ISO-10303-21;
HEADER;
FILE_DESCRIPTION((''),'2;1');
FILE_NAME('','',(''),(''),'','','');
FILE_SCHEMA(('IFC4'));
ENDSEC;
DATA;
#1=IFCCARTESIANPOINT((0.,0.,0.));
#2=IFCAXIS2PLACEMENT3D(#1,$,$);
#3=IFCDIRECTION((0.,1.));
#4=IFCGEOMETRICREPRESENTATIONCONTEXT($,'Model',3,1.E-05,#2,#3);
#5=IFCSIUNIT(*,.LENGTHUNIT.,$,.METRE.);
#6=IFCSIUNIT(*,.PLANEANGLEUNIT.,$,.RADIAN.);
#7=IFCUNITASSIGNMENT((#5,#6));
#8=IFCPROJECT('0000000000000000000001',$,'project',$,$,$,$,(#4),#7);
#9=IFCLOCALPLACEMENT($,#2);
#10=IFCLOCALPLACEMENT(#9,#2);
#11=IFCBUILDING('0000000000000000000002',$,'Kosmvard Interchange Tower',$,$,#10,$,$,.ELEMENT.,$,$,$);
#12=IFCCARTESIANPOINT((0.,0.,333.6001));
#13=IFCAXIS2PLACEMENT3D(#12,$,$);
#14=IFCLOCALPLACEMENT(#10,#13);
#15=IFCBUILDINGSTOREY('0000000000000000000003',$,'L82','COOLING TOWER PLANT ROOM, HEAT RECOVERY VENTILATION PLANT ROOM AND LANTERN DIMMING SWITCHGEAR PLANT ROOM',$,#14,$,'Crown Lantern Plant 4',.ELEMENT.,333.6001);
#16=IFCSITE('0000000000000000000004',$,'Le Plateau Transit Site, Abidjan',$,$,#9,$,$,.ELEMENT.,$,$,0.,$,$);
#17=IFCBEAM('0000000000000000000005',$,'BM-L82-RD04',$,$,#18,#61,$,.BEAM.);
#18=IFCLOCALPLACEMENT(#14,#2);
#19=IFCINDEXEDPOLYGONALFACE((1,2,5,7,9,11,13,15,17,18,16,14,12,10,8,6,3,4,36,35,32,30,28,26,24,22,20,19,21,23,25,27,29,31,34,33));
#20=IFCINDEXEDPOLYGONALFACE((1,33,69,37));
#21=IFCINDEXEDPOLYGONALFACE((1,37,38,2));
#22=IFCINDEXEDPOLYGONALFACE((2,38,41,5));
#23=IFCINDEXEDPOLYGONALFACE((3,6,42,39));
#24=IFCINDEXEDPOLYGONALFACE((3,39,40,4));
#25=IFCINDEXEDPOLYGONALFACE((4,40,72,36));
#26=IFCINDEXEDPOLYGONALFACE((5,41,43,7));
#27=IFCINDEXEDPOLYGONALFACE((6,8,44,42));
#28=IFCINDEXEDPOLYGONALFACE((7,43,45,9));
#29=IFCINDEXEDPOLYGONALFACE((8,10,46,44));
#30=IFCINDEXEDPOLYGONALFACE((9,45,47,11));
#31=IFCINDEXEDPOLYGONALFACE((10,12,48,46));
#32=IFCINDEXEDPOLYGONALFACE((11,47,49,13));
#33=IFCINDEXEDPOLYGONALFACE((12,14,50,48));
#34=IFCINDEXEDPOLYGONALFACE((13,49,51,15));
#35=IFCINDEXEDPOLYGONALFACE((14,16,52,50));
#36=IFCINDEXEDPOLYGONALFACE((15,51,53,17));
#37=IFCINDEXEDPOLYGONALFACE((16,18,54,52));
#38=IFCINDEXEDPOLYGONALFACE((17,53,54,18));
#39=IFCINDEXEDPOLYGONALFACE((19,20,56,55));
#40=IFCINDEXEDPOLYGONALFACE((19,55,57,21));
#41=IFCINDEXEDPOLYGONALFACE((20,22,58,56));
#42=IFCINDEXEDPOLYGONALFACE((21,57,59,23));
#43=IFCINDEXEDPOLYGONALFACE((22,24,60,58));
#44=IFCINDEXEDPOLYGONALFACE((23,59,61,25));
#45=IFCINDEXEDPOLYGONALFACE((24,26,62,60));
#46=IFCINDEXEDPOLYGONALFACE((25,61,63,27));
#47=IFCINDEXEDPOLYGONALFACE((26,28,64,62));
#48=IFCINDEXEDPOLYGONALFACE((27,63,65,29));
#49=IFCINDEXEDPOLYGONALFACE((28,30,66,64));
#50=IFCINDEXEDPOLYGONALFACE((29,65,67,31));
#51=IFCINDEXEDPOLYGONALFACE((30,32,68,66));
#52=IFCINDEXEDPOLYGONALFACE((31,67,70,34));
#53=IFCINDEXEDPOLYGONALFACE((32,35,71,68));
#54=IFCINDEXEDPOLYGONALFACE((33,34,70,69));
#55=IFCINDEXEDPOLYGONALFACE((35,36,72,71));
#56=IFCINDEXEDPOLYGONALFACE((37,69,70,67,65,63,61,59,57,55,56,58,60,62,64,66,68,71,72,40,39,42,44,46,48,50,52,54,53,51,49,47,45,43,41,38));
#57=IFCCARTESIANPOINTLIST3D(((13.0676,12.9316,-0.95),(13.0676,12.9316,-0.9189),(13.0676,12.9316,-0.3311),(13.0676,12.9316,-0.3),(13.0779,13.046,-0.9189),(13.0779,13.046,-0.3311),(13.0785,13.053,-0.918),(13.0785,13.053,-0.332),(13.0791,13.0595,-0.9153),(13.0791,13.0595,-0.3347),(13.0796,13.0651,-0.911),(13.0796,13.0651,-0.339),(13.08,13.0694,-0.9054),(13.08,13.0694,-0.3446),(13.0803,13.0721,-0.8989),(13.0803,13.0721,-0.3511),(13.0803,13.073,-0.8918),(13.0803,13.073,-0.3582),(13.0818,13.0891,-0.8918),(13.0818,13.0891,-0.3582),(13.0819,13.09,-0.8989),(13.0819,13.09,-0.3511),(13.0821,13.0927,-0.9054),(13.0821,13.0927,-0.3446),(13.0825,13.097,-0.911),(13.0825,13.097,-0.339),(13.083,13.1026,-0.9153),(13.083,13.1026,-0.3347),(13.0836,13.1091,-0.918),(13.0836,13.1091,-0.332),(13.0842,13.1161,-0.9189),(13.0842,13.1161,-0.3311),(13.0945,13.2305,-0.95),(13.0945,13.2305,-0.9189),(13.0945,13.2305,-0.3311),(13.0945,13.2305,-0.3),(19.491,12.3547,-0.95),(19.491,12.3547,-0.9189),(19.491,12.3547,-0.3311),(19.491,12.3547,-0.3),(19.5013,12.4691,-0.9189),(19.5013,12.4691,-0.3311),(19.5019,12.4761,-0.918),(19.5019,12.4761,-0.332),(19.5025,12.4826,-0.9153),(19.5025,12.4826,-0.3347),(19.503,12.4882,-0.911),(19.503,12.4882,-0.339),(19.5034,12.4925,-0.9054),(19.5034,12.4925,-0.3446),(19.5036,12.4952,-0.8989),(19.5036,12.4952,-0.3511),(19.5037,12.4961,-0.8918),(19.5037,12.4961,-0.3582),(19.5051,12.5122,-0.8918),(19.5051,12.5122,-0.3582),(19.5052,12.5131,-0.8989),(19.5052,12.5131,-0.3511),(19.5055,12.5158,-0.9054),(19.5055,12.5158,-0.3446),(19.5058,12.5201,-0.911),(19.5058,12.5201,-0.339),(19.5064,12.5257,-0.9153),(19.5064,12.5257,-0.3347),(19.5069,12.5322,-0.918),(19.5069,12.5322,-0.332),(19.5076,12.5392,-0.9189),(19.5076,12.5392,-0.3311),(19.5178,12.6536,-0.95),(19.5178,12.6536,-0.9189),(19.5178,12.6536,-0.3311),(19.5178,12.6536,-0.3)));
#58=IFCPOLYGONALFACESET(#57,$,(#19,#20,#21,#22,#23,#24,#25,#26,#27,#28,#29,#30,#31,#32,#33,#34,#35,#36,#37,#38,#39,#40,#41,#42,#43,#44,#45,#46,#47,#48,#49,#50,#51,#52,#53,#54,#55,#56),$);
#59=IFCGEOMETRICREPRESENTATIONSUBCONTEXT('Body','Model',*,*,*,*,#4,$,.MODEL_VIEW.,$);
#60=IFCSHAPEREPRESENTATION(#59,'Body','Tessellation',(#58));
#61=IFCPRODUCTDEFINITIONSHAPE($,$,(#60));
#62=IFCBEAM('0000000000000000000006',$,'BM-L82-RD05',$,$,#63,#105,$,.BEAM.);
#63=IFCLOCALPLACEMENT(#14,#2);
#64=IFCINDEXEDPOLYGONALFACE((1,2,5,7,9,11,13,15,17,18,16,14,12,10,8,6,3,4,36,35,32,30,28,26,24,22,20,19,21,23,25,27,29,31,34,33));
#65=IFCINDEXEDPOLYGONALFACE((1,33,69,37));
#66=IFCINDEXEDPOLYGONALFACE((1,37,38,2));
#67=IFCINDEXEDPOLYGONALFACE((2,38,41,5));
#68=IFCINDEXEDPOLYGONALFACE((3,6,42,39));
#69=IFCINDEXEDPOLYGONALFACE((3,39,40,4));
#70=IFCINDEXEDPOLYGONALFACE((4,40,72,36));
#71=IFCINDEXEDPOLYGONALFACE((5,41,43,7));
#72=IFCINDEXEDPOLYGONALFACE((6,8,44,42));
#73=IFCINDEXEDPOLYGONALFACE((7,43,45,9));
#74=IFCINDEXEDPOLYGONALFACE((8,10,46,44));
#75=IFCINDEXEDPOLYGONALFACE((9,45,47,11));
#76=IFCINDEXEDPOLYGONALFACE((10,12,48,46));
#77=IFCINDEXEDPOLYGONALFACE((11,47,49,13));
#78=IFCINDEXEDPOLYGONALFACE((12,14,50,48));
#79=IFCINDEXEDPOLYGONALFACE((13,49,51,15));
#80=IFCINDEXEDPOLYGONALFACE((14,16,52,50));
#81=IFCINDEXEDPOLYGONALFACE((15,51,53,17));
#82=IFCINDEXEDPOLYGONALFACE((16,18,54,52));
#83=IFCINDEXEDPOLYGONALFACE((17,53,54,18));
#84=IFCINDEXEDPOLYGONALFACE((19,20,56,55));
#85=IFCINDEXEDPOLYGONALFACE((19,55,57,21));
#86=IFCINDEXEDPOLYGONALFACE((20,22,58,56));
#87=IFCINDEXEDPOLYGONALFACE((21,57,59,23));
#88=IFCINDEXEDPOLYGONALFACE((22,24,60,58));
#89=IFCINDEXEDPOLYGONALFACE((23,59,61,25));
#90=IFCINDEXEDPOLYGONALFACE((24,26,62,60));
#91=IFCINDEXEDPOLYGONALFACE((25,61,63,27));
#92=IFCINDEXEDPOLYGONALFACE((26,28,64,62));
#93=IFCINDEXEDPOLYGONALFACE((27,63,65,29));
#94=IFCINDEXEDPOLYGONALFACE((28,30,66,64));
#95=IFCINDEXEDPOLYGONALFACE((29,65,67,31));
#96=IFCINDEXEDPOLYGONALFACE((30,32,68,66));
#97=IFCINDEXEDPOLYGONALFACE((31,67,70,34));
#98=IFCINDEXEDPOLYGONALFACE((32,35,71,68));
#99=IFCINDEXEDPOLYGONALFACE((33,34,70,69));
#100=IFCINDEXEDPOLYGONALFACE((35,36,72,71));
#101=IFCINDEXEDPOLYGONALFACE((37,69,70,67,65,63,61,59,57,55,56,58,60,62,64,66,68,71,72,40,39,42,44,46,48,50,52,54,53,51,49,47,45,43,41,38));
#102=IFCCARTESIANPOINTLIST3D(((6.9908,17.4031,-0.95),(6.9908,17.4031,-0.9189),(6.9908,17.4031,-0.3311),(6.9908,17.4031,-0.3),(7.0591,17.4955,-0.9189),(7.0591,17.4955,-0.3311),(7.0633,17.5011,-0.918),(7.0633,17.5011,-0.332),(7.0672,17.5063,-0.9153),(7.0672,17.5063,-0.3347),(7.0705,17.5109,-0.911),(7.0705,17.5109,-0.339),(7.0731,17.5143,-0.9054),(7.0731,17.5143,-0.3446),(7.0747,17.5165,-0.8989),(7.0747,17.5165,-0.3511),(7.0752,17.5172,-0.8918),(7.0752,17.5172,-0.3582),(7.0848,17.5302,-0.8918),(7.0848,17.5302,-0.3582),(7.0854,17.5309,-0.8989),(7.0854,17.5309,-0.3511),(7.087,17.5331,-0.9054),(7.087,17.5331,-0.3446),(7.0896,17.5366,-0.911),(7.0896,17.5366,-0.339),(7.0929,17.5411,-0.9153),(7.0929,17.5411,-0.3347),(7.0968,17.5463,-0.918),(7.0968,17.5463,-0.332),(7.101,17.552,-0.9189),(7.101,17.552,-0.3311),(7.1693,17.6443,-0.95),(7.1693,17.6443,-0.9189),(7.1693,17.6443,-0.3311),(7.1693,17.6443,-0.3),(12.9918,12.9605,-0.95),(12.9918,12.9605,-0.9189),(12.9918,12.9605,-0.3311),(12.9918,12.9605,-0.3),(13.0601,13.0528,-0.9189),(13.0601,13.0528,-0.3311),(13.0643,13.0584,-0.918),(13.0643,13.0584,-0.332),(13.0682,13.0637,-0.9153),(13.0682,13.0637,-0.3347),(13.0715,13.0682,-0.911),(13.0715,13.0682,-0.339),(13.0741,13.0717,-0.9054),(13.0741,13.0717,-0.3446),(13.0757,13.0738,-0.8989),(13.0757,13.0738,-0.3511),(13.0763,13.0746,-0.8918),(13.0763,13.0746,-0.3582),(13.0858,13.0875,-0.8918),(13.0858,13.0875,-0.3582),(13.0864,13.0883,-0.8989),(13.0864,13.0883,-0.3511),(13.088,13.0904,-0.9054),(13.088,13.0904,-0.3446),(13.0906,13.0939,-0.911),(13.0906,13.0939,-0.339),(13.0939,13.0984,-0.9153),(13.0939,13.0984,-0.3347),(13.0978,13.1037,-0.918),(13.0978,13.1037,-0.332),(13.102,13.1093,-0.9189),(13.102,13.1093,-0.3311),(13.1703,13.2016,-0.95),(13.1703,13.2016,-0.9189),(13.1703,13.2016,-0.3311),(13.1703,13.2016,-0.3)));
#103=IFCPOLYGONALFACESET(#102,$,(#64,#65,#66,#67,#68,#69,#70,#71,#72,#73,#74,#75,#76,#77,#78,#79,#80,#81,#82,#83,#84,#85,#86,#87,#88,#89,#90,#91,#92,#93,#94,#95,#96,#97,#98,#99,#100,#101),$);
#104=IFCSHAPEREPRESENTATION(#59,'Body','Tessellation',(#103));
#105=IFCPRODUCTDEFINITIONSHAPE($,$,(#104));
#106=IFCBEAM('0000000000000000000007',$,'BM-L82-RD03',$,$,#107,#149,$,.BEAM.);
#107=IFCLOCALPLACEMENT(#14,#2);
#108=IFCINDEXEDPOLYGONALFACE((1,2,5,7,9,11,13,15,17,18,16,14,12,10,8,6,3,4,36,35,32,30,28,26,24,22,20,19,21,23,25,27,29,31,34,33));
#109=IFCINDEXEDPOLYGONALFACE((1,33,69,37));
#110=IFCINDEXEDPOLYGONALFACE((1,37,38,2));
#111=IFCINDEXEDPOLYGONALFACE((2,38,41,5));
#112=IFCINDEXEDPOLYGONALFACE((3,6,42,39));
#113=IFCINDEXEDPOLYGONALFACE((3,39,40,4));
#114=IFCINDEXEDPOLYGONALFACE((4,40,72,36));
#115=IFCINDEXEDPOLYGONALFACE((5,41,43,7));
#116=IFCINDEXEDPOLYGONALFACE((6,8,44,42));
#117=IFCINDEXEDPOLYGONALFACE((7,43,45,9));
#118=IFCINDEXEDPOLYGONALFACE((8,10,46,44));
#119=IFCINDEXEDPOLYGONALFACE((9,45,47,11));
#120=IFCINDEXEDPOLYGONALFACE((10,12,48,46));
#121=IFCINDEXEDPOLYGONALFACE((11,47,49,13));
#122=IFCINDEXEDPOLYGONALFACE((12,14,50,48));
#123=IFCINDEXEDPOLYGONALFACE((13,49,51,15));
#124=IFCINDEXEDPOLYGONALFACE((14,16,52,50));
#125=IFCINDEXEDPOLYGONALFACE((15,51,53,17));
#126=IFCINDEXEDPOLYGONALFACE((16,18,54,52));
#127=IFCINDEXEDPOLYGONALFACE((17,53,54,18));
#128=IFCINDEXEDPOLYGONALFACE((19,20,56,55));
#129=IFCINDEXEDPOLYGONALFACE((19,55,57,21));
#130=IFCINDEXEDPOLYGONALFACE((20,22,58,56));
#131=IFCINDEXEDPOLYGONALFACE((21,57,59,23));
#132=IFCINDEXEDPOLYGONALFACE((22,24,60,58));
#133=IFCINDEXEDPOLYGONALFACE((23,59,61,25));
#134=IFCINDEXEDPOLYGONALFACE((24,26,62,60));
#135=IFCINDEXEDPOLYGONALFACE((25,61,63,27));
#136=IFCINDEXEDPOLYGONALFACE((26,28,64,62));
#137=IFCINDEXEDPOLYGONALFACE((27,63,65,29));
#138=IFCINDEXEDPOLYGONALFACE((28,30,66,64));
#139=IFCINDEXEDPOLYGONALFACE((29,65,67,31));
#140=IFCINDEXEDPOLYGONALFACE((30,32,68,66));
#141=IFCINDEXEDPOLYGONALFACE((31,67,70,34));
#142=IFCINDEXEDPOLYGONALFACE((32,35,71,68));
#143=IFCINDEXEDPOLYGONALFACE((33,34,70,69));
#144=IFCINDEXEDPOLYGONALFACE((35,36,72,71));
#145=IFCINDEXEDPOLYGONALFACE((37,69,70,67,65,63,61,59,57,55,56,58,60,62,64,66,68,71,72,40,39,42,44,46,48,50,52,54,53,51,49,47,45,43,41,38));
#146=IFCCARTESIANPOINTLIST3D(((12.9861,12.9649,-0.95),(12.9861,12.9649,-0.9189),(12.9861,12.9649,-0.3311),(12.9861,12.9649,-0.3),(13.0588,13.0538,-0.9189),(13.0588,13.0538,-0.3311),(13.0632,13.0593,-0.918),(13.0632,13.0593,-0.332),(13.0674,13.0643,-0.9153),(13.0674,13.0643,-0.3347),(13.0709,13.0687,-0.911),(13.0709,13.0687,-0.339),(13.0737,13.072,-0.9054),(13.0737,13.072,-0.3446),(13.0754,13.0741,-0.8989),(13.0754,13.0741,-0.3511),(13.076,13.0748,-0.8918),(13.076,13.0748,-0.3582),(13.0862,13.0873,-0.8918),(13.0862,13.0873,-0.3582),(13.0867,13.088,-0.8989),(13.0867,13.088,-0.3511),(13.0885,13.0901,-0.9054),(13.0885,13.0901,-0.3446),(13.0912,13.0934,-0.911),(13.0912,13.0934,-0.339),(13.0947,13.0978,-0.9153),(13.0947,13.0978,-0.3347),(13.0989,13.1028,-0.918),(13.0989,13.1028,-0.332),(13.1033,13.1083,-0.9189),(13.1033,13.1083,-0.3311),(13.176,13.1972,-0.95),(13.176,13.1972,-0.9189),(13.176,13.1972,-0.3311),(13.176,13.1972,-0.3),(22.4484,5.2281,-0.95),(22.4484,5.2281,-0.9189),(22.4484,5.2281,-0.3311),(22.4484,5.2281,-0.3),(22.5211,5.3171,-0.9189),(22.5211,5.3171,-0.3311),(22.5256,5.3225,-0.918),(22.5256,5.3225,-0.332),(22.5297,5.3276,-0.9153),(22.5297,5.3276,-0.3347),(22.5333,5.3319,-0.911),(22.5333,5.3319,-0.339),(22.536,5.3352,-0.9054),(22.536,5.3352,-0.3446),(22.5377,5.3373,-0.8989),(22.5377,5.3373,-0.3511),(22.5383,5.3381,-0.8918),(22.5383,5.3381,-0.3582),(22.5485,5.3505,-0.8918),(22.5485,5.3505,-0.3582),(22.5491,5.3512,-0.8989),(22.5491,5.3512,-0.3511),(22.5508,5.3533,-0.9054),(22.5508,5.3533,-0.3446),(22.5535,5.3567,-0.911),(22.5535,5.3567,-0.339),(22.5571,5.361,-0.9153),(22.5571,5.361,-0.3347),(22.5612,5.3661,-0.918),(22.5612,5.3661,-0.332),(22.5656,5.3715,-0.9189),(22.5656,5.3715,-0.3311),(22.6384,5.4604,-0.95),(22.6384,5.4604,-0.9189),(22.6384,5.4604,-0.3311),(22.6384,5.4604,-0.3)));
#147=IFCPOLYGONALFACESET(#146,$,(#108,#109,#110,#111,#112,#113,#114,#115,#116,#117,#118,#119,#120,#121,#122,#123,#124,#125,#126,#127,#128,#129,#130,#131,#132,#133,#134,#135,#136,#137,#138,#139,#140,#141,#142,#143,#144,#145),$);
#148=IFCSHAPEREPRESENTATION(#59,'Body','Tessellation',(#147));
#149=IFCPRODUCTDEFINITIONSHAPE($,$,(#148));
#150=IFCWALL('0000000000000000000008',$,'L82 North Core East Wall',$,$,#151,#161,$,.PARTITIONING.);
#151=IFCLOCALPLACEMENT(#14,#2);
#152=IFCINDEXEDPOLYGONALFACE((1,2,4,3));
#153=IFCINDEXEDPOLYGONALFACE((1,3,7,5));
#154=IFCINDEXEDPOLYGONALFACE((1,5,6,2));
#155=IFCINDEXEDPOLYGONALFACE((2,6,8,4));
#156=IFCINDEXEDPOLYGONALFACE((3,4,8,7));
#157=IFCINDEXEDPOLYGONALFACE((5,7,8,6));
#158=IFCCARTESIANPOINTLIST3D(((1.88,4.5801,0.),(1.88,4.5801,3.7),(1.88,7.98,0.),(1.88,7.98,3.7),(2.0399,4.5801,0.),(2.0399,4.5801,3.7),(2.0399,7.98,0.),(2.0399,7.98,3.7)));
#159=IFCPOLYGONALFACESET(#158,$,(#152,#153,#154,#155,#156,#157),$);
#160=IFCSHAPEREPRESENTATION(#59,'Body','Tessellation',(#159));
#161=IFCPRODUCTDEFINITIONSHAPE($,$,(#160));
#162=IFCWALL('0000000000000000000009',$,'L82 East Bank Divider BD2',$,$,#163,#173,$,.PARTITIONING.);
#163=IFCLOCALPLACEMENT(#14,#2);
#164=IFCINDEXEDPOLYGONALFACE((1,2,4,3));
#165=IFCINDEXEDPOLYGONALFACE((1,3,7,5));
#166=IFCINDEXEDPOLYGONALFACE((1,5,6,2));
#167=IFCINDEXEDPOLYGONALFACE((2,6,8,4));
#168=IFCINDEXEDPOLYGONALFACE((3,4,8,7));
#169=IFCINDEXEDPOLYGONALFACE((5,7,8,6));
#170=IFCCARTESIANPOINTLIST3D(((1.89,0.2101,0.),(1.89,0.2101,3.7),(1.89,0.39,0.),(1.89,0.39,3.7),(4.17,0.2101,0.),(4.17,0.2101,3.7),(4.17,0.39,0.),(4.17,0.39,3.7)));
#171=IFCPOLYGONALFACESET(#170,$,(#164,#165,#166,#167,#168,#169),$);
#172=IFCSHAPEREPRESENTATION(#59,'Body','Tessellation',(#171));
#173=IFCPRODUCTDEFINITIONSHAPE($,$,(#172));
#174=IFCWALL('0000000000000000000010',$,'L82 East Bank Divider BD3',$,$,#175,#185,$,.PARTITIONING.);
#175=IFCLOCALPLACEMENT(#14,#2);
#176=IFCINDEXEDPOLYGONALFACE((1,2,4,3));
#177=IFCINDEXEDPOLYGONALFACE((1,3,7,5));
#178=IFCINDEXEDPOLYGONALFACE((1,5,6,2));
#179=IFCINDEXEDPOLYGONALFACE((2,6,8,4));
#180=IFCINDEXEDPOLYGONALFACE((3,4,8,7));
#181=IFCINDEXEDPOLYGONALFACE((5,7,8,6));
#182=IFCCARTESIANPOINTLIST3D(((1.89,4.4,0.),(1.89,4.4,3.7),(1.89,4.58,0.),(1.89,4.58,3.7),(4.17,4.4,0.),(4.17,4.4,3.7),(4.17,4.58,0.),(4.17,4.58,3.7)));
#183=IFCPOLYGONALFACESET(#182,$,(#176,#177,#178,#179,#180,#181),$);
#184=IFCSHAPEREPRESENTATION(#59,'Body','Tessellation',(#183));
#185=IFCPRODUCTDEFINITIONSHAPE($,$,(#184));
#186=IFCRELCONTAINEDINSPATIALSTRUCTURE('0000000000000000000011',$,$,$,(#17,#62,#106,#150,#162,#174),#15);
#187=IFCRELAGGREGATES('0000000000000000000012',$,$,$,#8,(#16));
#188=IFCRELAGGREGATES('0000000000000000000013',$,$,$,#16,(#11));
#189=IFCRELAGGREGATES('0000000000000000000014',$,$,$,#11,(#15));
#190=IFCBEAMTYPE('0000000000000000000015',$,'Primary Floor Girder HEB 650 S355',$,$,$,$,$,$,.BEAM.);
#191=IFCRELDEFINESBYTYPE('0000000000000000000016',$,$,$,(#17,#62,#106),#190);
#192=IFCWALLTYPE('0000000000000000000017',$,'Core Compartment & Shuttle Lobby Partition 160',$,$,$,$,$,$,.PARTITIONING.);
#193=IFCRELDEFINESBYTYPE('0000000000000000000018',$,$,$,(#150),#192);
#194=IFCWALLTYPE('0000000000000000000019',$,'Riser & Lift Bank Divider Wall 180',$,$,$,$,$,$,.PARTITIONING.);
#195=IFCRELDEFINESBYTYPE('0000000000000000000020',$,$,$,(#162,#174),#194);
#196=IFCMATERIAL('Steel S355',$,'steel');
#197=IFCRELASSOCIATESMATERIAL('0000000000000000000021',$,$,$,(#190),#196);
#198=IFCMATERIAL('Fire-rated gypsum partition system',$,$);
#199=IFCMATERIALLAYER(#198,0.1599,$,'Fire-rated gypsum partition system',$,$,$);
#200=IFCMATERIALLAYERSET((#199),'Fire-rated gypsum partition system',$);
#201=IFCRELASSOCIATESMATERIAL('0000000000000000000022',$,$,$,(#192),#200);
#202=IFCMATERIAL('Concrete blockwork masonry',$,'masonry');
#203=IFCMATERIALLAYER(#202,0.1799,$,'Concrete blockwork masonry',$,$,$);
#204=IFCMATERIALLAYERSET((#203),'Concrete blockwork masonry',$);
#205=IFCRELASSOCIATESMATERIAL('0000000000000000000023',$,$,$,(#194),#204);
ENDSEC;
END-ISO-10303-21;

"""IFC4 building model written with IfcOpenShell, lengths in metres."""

from ifc_helpers import new_model, si_unit, direction, frame, frame_2d, origin, origin_2d, place, context, subcontext, project, spatial, rectangle, i_section, extrude, source, transform, mapped, material, layer, layer_set, material_profile, profile_set, type_object, element, save


model = new_model("IFC4")

# Units and contexts
model_context = context("Model", 3, precision=1e-05, world=origin(), true_north=direction((0.0, 1.0)))
body_context = subcontext(model_context, "Body", "Model", "MODEL_VIEW")
ifc_project = project(units=[si_unit("LENGTHUNIT", "METRE"), si_unit("PLANEANGLEUNIT", "RADIAN")], contexts=[model_context])

# Site, building, storey
site_placement = place(None, origin())
site = spatial("IfcSite", under=ifc_project, at=site_placement, Name="Le Plateau Transit Site, Abidjan", CompositionType="ELEMENT", RefElevation=0.0)
building_placement = place(site_placement, origin())
building = spatial("IfcBuilding", under=site, at=building_placement, Name="Kosmvard Interchange Tower", CompositionType="ELEMENT")
storey_placement = place(building_placement, frame((0.0, 0.0, 333.6001)))
storey = spatial("IfcBuildingStorey", under=building, at=storey_placement, Name="L82", Description="COOLING TOWER PLANT ROOM, HEAT RECOVERY VENTILATION PLANT ROOM AND LANTERN DIMMING SWITCHGEAR PLANT ROOM", LongName="Crown Lantern Plant 4", CompositionType="ELEMENT", Elevation=333.6001)

# Beams
ifc_material_1 = material(Name="Steel S355", Category="steel")
ifc_material_profile_1 = material_profile(ifc_material_1, i_section(OverallWidth=0.3, OverallDepth=0.6499, WebThickness=0.0161, FlangeThickness=0.031, FilletRadius=0.0271, at=origin_2d()), Name="HEB 650")
ifc_profile_set_1 = profile_set([ifc_material_profile_1], Name="Steel S355")
beam_type_1 = type_object("IfcBeamType", Name="Primary Floor Girder HEB 650 S355", PredefinedType="BEAM", material=ifc_profile_set_1)
shared_shape_1 = source(origin(), body_context, "Body", "SweptSolid", [
    extrude(i_section(OverallWidth=0.3, OverallDepth=0.6499, WebThickness=0.0161, FlangeThickness=0.031, FilletRadius=0.0271, at=origin_2d()), origin(), (0.0, 0.0, 1.0), 6.4492),
])
beam_1_placement = place(storey_placement, frame((13.0811, 13.0811, -0.625), z_axis=(0.995991, -0.089454, 0.0), x_axis=(0.089454, 0.995991, 0.0)))
element("IfcBeam", 1, at=beam_1_placement, inside=storey, type_object=beam_type_1, Name="BM-L82-RD04", PredefinedType="BEAM", context=body_context, shape_type="MappedRepresentation", body=[
    mapped(shared_shape_1, transform((0.0, 0.0, 0.0), scale=1.0)),
])
shared_shape_2 = source(origin(), body_context, "Body", "SweptSolid", [
    extrude(i_section(OverallWidth=0.3, OverallDepth=0.6499, WebThickness=0.0161, FlangeThickness=0.031, FilletRadius=0.0271, at=origin_2d()), origin(), (0.0, 0.0, 1.0), 7.4666),
])
beam_2_placement = place(storey_placement, frame((13.0811, 13.0811, -0.625), z_axis=(-0.80372, 0.595008, 0.0), x_axis=(-0.595008, -0.80372, 0.0)))
element("IfcBeam", 2, at=beam_2_placement, inside=storey, type_object=beam_type_1, Name="BM-L82-RD05", PredefinedType="BEAM", context=body_context, shape_type="MappedRepresentation", body=[
    mapped(shared_shape_2, transform((0.0, 0.0, 0.0), scale=1.0)),
])
shared_shape_3 = source(origin(), body_context, "Body", "SweptSolid", [
    extrude(i_section(OverallWidth=0.3, OverallDepth=0.6499, WebThickness=0.0161, FlangeThickness=0.031, FilletRadius=0.0271, at=origin_2d()), origin(), (0.0, 0.0, 1.0), 12.2227),
])
beam_3_placement = place(storey_placement, frame((13.0811, 13.0811, -0.625), z_axis=(0.774164, -0.632985, 0.0), x_axis=(0.632985, 0.774164, 0.0)))
element("IfcBeam", 3, at=beam_3_placement, inside=storey, type_object=beam_type_1, Name="BM-L82-RD03", PredefinedType="BEAM", context=body_context, shape_type="MappedRepresentation", body=[
    mapped(shared_shape_3, transform((0.0, 0.0, 0.0), scale=1.0)),
])

# Walls
ifc_material_2 = material(Name="Fire-rated gypsum partition system")
ifc_layer_1 = layer(ifc_material_2, 0.1599, Name="Fire-rated gypsum partition system")
ifc_layer_set_1 = layer_set([ifc_layer_1], Name="Fire-rated gypsum partition system")
wall_type_1 = type_object("IfcWallType", Name="Core Compartment & Shuttle Lobby Partition 160", PredefinedType="PARTITIONING", material=ifc_layer_set_1)
wall_1_placement = place(storey_placement, frame((1.96, 4.5801, 0.0), z_axis=(0.0, 0.0, 1.0), x_axis=(0.0, 1.0, 0.0)))
element("IfcWall", 4, at=wall_1_placement, inside=storey, type_object=wall_type_1, Name="L82 North Core East Wall", PredefinedType="PARTITIONING", context=body_context, shape_type="SweptSolid", body=[
    extrude(rectangle(XDim=3.3999, YDim=0.1599, at=frame_2d((1.7, 0.0))), origin(), (0.0, 0.0, 1.0), 3.7),
])
ifc_material_3 = material(Name="Concrete blockwork masonry", Category="masonry")
ifc_layer_2 = layer(ifc_material_3, 0.1799, Name="Concrete blockwork masonry")
ifc_layer_set_2 = layer_set([ifc_layer_2], Name="Concrete blockwork masonry")
wall_type_2 = type_object("IfcWallType", Name="Riser & Lift Bank Divider Wall 180", PredefinedType="PARTITIONING", material=ifc_layer_set_2)
for number, where, z_axis, x_axis, name in (
    (5, (1.8899, 0.3, 0.0), (0.0, 0.0, 1.0), (1.0, 0.0, 0.0), "L82 East Bank Divider BD2"),
    (6, (1.8899, 4.49, 0.0), (0.0, 0.0, 1.0), (1.0, 0.0, 0.0), "L82 East Bank Divider BD3"),
):
    element("IfcWall", number, at=place(storey_placement, frame(where, z_axis=z_axis, x_axis=x_axis)), inside=storey, type_object=wall_type_2, Name=name, PredefinedType="PARTITIONING", context=body_context, shape_type="SweptSolid", body=[
        extrude(rectangle(XDim=2.28, YDim=0.1799, at=frame_2d((1.1401, 0.0))), origin(), (0.0, 0.0, 1.0), 3.7),
    ])

save(model, "model.ifc")
